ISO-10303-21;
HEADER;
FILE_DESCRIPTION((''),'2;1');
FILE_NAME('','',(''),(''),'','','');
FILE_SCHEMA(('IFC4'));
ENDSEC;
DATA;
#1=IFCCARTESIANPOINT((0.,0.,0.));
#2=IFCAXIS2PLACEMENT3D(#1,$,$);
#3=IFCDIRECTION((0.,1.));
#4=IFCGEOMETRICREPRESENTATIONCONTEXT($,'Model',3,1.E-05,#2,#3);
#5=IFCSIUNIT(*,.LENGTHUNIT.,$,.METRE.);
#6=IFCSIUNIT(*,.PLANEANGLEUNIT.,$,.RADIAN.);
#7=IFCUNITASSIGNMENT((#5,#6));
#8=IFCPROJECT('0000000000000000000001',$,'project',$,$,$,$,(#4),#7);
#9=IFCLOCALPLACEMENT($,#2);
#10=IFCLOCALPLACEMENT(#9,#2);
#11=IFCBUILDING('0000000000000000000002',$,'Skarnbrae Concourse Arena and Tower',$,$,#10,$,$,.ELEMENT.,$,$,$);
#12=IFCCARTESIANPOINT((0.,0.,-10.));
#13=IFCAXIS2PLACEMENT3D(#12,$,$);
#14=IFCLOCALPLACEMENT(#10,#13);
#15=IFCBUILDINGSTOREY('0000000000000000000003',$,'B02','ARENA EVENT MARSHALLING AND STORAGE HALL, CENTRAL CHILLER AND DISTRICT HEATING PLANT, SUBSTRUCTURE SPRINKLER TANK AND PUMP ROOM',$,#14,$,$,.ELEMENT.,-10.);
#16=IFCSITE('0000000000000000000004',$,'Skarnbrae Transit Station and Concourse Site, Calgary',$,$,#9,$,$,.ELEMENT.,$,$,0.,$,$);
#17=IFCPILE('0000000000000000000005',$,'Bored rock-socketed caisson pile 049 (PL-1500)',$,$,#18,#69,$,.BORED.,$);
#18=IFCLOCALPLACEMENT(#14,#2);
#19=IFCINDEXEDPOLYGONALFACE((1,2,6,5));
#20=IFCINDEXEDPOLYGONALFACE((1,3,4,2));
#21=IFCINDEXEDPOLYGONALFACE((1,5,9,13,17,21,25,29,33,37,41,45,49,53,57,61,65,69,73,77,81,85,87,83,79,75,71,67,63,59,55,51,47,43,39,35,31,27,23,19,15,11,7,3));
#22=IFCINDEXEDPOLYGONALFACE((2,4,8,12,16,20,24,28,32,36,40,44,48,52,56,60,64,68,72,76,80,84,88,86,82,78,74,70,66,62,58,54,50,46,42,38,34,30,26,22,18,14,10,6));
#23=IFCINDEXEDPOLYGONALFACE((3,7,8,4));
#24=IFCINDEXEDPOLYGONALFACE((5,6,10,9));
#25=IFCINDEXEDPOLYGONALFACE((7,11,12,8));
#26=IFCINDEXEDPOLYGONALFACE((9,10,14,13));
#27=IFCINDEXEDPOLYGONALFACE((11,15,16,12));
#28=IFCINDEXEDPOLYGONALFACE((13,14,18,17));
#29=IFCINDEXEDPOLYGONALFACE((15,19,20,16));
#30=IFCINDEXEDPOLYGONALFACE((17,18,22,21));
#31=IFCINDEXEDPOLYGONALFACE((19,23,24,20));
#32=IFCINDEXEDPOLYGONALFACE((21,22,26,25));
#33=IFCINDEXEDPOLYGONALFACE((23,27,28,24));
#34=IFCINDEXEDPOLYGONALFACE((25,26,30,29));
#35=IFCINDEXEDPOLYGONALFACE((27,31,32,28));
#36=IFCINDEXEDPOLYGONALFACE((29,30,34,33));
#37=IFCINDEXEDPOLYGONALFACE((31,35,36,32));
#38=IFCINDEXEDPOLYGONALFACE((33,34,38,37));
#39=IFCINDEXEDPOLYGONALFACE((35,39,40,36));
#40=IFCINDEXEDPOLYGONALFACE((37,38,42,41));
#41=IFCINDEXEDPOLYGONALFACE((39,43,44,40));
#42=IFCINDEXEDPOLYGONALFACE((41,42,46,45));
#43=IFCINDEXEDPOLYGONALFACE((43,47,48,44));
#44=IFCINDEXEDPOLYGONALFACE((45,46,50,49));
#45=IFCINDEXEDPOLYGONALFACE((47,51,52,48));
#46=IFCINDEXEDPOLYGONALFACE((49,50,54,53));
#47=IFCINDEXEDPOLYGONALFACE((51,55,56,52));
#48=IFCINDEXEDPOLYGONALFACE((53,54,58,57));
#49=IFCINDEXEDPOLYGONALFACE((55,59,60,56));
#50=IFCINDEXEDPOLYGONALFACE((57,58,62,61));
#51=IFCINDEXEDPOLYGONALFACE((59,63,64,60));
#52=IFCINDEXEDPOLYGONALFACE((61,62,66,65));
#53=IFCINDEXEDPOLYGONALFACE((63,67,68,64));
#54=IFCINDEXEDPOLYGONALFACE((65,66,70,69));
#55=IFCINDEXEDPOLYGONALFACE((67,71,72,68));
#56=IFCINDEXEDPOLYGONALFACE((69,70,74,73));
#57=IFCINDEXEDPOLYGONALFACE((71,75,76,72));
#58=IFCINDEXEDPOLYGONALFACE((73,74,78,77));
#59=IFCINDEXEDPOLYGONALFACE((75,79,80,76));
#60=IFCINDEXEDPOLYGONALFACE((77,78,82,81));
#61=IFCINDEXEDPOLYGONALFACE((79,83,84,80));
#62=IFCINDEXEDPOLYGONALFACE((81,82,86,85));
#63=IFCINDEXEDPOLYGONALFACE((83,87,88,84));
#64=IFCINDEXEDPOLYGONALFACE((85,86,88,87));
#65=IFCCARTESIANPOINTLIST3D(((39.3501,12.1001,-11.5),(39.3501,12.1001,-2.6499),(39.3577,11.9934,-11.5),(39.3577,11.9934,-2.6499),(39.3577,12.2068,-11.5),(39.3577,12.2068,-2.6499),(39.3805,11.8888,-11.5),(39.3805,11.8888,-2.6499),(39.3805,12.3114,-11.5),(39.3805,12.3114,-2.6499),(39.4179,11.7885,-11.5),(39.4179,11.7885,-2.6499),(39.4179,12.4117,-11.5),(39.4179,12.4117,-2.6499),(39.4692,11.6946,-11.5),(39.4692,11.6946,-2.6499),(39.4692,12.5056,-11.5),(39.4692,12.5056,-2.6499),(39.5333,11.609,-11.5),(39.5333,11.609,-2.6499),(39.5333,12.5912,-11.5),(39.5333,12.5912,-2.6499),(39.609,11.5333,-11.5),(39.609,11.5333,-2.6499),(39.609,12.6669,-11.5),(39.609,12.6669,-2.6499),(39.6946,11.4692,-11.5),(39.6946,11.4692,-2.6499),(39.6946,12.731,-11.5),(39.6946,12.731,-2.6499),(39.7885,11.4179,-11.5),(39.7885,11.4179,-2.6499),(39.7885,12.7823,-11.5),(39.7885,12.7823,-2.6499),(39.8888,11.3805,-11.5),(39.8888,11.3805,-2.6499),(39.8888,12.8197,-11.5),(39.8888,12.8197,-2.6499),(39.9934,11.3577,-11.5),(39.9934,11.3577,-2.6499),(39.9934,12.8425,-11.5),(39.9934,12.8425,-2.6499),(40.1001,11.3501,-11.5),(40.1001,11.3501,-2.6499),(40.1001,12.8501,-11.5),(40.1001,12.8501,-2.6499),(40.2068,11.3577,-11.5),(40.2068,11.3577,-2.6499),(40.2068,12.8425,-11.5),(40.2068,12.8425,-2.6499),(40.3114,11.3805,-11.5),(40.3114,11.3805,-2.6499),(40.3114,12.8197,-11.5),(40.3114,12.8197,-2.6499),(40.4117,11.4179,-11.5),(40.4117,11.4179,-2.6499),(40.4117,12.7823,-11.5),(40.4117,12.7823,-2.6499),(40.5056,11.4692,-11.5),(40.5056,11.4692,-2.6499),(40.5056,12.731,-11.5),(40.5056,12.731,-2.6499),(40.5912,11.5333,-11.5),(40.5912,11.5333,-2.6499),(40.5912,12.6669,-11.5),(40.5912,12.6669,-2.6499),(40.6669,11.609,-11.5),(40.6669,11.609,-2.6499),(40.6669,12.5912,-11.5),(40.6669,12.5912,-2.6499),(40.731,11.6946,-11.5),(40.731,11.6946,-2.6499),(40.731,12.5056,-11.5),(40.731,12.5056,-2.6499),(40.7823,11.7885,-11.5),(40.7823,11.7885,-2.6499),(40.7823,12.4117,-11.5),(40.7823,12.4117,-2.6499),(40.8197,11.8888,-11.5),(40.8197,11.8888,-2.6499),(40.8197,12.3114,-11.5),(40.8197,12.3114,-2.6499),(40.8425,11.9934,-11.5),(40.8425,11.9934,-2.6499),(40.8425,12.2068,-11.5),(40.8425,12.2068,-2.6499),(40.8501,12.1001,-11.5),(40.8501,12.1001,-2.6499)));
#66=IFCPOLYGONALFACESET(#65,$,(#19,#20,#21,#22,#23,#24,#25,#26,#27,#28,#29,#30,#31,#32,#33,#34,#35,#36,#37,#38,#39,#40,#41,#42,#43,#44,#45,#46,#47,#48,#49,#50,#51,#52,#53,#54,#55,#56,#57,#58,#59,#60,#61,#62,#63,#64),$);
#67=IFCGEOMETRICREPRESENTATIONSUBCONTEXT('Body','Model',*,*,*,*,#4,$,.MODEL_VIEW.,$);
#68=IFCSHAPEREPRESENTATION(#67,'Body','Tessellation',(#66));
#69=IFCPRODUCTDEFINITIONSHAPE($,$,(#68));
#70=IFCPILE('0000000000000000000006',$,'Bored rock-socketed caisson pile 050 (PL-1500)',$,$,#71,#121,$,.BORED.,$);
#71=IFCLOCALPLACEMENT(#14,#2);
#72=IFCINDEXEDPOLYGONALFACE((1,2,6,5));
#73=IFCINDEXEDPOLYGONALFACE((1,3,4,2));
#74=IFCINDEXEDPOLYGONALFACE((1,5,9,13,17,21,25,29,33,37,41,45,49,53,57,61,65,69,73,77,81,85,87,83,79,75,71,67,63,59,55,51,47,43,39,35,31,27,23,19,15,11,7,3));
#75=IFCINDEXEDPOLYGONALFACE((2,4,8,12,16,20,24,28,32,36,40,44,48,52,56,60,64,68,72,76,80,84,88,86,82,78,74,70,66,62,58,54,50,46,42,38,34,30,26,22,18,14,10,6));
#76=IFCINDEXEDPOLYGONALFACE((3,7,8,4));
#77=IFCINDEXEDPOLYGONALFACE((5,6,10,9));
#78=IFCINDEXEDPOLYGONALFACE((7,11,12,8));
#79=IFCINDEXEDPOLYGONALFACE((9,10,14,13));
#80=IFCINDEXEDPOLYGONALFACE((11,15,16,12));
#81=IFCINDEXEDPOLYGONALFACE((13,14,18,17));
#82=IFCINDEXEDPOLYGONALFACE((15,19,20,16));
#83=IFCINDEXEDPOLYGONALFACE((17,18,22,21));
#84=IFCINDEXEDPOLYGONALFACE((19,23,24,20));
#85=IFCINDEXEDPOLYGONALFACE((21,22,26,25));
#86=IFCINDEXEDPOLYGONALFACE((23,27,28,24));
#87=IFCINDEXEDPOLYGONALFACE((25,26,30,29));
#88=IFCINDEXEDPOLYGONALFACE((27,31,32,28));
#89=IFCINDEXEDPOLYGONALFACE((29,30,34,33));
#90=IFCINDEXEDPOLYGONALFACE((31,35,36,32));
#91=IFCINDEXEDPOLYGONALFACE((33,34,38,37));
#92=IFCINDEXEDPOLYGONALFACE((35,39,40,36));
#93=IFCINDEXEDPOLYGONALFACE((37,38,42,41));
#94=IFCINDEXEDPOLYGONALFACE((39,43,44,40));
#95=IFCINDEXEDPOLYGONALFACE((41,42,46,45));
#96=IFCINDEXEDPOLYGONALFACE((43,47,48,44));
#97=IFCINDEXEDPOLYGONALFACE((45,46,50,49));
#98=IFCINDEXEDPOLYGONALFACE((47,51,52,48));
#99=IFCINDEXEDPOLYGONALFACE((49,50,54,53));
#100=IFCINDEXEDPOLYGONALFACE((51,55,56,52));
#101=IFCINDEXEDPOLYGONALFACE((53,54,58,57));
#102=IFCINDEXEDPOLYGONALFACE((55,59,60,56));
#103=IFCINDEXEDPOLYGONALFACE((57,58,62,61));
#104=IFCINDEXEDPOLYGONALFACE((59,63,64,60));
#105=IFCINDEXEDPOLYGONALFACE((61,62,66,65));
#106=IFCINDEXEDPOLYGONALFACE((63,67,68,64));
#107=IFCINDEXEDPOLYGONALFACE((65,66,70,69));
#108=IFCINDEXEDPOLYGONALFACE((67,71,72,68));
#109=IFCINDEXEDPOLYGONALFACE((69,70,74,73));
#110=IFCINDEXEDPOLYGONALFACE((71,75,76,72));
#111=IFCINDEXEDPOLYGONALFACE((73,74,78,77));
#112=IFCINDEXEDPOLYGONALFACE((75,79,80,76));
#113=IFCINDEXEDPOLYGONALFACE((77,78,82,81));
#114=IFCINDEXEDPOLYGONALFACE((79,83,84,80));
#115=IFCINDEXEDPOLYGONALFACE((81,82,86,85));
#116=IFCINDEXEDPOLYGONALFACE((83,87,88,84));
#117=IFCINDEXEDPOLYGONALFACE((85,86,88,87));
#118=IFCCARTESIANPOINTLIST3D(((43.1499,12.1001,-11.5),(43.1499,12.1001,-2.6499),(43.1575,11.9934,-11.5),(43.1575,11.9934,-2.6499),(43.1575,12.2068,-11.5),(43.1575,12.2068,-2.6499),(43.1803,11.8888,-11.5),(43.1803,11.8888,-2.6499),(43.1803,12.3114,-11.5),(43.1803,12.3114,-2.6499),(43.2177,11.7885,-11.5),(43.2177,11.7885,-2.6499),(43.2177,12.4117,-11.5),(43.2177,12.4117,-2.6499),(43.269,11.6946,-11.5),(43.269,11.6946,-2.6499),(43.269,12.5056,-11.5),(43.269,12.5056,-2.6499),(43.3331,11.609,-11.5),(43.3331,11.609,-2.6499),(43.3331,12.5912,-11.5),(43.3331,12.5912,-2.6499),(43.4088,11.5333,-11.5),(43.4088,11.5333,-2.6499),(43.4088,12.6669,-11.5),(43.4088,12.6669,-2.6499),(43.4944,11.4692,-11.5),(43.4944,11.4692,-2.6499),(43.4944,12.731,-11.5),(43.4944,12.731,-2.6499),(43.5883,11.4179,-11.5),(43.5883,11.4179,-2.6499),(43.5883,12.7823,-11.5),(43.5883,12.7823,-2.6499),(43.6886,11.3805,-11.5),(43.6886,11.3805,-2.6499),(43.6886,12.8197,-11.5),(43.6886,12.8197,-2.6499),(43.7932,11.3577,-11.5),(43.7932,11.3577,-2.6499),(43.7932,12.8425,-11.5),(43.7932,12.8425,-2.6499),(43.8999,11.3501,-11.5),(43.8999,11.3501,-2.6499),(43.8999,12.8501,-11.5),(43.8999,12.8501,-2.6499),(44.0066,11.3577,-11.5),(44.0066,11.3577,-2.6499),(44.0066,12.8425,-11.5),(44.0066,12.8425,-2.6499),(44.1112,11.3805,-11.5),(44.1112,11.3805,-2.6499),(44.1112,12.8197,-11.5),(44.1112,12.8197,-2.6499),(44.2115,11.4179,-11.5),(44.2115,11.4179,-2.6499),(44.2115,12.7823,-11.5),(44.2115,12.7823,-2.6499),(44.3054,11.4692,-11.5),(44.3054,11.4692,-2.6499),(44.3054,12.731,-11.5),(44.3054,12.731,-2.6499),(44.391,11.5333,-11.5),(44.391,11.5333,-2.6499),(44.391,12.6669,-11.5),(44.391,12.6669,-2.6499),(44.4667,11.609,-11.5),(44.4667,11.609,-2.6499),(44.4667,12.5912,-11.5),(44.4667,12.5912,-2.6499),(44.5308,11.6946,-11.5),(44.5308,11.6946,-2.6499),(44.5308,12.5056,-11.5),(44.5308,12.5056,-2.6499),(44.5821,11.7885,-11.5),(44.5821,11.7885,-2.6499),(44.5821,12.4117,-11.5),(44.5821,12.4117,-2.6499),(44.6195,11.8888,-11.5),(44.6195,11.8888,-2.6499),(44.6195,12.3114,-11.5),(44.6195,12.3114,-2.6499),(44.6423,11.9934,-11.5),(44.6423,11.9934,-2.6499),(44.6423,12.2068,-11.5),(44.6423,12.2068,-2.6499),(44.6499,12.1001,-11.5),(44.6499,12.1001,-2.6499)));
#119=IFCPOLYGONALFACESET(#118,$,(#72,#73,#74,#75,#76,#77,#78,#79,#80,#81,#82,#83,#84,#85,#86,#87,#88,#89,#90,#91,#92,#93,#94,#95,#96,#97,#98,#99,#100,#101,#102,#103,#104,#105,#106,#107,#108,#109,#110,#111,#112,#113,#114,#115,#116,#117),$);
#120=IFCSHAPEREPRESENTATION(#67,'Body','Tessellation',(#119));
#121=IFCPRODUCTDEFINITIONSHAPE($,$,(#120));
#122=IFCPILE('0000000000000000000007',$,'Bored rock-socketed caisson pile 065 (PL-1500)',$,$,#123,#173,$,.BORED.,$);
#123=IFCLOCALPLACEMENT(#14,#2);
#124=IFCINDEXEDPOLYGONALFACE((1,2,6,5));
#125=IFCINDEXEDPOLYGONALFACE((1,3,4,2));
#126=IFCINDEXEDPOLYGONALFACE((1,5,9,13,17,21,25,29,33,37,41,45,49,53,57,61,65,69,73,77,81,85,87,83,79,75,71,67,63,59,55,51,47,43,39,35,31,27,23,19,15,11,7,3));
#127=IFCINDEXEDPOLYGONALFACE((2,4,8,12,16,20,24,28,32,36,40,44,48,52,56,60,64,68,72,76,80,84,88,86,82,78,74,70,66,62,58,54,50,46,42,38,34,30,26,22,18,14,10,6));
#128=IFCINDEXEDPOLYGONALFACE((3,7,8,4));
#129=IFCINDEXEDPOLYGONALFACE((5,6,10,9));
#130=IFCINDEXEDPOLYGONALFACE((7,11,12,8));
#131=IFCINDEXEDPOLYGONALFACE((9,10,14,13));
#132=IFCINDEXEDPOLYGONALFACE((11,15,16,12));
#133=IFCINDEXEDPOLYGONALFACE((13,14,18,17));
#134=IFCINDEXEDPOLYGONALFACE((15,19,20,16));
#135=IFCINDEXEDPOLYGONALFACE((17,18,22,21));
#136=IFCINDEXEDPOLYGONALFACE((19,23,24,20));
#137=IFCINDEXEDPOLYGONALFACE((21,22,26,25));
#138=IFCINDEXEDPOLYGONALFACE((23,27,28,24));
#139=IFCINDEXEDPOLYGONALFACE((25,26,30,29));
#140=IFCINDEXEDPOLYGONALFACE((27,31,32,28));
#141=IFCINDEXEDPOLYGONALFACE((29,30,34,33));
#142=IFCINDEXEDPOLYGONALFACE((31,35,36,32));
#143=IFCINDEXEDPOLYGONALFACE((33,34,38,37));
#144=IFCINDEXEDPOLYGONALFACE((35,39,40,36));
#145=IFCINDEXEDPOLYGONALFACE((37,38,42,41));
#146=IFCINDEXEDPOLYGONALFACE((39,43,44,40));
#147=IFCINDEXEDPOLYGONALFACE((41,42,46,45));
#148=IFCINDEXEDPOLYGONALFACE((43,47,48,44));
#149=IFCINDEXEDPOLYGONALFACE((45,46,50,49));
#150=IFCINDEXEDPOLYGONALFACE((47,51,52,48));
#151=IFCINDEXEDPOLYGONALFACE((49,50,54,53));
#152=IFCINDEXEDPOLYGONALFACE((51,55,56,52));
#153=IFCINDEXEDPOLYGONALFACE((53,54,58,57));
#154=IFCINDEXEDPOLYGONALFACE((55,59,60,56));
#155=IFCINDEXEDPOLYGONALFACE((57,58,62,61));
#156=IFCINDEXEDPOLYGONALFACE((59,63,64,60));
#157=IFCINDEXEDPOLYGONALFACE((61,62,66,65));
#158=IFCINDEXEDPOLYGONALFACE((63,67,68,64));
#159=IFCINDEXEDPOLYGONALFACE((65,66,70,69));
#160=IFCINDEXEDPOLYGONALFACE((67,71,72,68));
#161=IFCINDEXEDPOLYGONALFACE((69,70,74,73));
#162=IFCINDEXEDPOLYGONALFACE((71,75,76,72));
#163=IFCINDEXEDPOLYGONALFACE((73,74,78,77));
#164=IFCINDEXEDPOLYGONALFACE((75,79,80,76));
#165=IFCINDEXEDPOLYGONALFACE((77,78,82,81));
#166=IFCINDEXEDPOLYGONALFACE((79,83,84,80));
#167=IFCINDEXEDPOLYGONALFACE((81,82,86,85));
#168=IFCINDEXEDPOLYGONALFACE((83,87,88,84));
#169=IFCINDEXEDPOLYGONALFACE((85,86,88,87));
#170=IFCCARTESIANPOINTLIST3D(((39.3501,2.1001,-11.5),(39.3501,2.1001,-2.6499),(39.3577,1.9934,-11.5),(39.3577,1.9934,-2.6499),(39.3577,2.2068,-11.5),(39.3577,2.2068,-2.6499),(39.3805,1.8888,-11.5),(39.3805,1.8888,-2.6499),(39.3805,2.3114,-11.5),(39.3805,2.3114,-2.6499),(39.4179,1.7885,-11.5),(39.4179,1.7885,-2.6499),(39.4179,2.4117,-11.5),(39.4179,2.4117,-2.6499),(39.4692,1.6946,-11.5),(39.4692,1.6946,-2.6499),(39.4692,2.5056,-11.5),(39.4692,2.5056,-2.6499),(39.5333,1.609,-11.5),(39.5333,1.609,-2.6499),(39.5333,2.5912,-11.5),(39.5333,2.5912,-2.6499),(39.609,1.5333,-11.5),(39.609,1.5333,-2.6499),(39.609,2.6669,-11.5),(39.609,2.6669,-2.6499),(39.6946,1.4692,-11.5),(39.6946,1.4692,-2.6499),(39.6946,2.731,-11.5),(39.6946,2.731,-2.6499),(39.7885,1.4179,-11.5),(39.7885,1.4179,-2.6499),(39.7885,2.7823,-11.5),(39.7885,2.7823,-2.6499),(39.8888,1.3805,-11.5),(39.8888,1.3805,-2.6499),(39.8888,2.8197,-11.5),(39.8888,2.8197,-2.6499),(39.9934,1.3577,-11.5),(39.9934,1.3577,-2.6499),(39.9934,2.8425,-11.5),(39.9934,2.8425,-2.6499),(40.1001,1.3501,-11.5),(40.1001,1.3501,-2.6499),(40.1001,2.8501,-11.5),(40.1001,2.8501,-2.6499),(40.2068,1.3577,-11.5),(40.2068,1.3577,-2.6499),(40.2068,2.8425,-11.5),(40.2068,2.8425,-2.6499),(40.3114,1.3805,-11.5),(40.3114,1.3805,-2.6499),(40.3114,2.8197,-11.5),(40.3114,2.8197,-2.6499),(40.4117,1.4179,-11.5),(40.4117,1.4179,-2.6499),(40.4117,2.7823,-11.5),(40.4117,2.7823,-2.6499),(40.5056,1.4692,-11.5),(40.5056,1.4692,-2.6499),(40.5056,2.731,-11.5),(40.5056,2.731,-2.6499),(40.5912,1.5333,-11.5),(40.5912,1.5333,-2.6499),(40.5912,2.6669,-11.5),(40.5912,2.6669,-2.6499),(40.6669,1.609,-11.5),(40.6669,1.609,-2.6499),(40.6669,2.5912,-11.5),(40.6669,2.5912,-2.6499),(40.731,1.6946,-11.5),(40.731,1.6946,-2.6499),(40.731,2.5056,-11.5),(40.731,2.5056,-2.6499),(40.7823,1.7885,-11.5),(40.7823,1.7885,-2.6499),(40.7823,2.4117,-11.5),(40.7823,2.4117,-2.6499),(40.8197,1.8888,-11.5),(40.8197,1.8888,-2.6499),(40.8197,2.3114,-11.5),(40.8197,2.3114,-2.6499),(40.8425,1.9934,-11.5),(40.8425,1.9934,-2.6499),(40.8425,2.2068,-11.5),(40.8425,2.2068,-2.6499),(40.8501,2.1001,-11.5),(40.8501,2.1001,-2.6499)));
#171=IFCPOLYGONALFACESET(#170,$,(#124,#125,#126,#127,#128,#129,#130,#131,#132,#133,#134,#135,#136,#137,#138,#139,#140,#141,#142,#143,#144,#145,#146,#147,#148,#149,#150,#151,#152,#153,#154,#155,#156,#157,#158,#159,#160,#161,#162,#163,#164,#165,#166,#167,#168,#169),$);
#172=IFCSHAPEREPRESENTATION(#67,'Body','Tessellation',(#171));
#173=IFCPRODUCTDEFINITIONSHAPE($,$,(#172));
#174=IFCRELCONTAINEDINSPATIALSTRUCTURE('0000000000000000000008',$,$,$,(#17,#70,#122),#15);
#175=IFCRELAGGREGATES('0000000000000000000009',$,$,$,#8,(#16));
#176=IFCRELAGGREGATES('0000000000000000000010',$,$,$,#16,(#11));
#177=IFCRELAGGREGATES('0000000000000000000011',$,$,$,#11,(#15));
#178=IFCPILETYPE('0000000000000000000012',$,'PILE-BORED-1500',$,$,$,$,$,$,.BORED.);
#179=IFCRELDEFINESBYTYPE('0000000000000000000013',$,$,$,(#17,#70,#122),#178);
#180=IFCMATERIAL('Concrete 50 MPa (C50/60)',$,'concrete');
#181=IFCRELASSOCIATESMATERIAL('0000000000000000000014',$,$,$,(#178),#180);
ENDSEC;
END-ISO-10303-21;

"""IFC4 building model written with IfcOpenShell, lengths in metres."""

from ifc_helpers import new_model, si_unit, direction, frame, origin, origin_2d, place, context, subcontext, project, spatial, circle, extrude, source, transform, mapped, material, material_profile, profile_set, type_object, element, save


model = new_model("IFC4")

# Units and contexts
model_context = context("Model", 3, precision=1e-05, world=origin(), true_north=direction((0.0, 1.0)))
body_context = subcontext(model_context, "Body", "Model", "MODEL_VIEW")
ifc_project = project(units=[si_unit("LENGTHUNIT", "METRE"), si_unit("PLANEANGLEUNIT", "RADIAN")], contexts=[model_context])

# Site, building, storey
site_placement = place(None, origin())
site = spatial("IfcSite", under=ifc_project, at=site_placement, Name="Skarnbrae Transit Station and Concourse Site, Calgary", CompositionType="ELEMENT", RefElevation=0.0)
building_placement = place(site_placement, origin())
building = spatial("IfcBuilding", under=site, at=building_placement, Name="Skarnbrae Concourse Arena and Tower", CompositionType="ELEMENT")
storey_placement = place(building_placement, frame((0.0, 0.0, -10.0)))
storey = spatial("IfcBuildingStorey", under=building, at=storey_placement, Name="B02", Description="ARENA EVENT MARSHALLING AND STORAGE HALL, CENTRAL CHILLER AND DISTRICT HEATING PLANT, SUBSTRUCTURE SPRINKLER TANK AND PUMP ROOM", CompositionType="ELEMENT", Elevation=-10.0)

# Piles
ifc_material_1 = material(Name="Concrete 50 MPa (C50/60)", Category="concrete")
ifc_material_profile_1 = material_profile(ifc_material_1, circle(Radius=0.75, at=origin_2d()), Name="CAISSON-1500")
ifc_profile_set_1 = profile_set([ifc_material_profile_1], Name="Concrete 50 MPa (C50/60)")
pile_type = type_object("IfcPileType", Name="PILE-BORED-1500", PredefinedType="BORED", material=ifc_profile_set_1)
shared_shape_1 = source(origin(), body_context, "Body", "SweptSolid", [
    extrude(circle(Radius=0.75, at=origin_2d()), origin(), (0.0, 0.0, 1.0), 8.8501),
])
for number, where, z_axis, x_axis, name in (
    (1, (40.1001, 12.1001, -2.6499), (0.0, 0.0, -1.0), (1.0, 0.0, 0.0), "Bored rock-socketed caisson pile 049 (PL-1500)"),
    (2, (43.8999, 12.1001, -2.6499), (0.0, 0.0, -1.0), (1.0, 0.0, 0.0), "Bored rock-socketed caisson pile 050 (PL-1500)"),
    (3, (40.1001, 2.1001, -2.6499), (0.0, 0.0, -1.0), (1.0, 0.0, 0.0), "Bored rock-socketed caisson pile 065 (PL-1500)"),
):
    element("IfcPile", number, at=place(storey_placement, frame(where, z_axis=z_axis, x_axis=x_axis)), inside=storey, type_object=pile_type, Name=name, PredefinedType="BORED", context=body_context, shape_type="MappedRepresentation", body=[
        mapped(shared_shape_1, transform((0.0, 0.0, 0.0))),
    ])

save(model, "model.ifc")
